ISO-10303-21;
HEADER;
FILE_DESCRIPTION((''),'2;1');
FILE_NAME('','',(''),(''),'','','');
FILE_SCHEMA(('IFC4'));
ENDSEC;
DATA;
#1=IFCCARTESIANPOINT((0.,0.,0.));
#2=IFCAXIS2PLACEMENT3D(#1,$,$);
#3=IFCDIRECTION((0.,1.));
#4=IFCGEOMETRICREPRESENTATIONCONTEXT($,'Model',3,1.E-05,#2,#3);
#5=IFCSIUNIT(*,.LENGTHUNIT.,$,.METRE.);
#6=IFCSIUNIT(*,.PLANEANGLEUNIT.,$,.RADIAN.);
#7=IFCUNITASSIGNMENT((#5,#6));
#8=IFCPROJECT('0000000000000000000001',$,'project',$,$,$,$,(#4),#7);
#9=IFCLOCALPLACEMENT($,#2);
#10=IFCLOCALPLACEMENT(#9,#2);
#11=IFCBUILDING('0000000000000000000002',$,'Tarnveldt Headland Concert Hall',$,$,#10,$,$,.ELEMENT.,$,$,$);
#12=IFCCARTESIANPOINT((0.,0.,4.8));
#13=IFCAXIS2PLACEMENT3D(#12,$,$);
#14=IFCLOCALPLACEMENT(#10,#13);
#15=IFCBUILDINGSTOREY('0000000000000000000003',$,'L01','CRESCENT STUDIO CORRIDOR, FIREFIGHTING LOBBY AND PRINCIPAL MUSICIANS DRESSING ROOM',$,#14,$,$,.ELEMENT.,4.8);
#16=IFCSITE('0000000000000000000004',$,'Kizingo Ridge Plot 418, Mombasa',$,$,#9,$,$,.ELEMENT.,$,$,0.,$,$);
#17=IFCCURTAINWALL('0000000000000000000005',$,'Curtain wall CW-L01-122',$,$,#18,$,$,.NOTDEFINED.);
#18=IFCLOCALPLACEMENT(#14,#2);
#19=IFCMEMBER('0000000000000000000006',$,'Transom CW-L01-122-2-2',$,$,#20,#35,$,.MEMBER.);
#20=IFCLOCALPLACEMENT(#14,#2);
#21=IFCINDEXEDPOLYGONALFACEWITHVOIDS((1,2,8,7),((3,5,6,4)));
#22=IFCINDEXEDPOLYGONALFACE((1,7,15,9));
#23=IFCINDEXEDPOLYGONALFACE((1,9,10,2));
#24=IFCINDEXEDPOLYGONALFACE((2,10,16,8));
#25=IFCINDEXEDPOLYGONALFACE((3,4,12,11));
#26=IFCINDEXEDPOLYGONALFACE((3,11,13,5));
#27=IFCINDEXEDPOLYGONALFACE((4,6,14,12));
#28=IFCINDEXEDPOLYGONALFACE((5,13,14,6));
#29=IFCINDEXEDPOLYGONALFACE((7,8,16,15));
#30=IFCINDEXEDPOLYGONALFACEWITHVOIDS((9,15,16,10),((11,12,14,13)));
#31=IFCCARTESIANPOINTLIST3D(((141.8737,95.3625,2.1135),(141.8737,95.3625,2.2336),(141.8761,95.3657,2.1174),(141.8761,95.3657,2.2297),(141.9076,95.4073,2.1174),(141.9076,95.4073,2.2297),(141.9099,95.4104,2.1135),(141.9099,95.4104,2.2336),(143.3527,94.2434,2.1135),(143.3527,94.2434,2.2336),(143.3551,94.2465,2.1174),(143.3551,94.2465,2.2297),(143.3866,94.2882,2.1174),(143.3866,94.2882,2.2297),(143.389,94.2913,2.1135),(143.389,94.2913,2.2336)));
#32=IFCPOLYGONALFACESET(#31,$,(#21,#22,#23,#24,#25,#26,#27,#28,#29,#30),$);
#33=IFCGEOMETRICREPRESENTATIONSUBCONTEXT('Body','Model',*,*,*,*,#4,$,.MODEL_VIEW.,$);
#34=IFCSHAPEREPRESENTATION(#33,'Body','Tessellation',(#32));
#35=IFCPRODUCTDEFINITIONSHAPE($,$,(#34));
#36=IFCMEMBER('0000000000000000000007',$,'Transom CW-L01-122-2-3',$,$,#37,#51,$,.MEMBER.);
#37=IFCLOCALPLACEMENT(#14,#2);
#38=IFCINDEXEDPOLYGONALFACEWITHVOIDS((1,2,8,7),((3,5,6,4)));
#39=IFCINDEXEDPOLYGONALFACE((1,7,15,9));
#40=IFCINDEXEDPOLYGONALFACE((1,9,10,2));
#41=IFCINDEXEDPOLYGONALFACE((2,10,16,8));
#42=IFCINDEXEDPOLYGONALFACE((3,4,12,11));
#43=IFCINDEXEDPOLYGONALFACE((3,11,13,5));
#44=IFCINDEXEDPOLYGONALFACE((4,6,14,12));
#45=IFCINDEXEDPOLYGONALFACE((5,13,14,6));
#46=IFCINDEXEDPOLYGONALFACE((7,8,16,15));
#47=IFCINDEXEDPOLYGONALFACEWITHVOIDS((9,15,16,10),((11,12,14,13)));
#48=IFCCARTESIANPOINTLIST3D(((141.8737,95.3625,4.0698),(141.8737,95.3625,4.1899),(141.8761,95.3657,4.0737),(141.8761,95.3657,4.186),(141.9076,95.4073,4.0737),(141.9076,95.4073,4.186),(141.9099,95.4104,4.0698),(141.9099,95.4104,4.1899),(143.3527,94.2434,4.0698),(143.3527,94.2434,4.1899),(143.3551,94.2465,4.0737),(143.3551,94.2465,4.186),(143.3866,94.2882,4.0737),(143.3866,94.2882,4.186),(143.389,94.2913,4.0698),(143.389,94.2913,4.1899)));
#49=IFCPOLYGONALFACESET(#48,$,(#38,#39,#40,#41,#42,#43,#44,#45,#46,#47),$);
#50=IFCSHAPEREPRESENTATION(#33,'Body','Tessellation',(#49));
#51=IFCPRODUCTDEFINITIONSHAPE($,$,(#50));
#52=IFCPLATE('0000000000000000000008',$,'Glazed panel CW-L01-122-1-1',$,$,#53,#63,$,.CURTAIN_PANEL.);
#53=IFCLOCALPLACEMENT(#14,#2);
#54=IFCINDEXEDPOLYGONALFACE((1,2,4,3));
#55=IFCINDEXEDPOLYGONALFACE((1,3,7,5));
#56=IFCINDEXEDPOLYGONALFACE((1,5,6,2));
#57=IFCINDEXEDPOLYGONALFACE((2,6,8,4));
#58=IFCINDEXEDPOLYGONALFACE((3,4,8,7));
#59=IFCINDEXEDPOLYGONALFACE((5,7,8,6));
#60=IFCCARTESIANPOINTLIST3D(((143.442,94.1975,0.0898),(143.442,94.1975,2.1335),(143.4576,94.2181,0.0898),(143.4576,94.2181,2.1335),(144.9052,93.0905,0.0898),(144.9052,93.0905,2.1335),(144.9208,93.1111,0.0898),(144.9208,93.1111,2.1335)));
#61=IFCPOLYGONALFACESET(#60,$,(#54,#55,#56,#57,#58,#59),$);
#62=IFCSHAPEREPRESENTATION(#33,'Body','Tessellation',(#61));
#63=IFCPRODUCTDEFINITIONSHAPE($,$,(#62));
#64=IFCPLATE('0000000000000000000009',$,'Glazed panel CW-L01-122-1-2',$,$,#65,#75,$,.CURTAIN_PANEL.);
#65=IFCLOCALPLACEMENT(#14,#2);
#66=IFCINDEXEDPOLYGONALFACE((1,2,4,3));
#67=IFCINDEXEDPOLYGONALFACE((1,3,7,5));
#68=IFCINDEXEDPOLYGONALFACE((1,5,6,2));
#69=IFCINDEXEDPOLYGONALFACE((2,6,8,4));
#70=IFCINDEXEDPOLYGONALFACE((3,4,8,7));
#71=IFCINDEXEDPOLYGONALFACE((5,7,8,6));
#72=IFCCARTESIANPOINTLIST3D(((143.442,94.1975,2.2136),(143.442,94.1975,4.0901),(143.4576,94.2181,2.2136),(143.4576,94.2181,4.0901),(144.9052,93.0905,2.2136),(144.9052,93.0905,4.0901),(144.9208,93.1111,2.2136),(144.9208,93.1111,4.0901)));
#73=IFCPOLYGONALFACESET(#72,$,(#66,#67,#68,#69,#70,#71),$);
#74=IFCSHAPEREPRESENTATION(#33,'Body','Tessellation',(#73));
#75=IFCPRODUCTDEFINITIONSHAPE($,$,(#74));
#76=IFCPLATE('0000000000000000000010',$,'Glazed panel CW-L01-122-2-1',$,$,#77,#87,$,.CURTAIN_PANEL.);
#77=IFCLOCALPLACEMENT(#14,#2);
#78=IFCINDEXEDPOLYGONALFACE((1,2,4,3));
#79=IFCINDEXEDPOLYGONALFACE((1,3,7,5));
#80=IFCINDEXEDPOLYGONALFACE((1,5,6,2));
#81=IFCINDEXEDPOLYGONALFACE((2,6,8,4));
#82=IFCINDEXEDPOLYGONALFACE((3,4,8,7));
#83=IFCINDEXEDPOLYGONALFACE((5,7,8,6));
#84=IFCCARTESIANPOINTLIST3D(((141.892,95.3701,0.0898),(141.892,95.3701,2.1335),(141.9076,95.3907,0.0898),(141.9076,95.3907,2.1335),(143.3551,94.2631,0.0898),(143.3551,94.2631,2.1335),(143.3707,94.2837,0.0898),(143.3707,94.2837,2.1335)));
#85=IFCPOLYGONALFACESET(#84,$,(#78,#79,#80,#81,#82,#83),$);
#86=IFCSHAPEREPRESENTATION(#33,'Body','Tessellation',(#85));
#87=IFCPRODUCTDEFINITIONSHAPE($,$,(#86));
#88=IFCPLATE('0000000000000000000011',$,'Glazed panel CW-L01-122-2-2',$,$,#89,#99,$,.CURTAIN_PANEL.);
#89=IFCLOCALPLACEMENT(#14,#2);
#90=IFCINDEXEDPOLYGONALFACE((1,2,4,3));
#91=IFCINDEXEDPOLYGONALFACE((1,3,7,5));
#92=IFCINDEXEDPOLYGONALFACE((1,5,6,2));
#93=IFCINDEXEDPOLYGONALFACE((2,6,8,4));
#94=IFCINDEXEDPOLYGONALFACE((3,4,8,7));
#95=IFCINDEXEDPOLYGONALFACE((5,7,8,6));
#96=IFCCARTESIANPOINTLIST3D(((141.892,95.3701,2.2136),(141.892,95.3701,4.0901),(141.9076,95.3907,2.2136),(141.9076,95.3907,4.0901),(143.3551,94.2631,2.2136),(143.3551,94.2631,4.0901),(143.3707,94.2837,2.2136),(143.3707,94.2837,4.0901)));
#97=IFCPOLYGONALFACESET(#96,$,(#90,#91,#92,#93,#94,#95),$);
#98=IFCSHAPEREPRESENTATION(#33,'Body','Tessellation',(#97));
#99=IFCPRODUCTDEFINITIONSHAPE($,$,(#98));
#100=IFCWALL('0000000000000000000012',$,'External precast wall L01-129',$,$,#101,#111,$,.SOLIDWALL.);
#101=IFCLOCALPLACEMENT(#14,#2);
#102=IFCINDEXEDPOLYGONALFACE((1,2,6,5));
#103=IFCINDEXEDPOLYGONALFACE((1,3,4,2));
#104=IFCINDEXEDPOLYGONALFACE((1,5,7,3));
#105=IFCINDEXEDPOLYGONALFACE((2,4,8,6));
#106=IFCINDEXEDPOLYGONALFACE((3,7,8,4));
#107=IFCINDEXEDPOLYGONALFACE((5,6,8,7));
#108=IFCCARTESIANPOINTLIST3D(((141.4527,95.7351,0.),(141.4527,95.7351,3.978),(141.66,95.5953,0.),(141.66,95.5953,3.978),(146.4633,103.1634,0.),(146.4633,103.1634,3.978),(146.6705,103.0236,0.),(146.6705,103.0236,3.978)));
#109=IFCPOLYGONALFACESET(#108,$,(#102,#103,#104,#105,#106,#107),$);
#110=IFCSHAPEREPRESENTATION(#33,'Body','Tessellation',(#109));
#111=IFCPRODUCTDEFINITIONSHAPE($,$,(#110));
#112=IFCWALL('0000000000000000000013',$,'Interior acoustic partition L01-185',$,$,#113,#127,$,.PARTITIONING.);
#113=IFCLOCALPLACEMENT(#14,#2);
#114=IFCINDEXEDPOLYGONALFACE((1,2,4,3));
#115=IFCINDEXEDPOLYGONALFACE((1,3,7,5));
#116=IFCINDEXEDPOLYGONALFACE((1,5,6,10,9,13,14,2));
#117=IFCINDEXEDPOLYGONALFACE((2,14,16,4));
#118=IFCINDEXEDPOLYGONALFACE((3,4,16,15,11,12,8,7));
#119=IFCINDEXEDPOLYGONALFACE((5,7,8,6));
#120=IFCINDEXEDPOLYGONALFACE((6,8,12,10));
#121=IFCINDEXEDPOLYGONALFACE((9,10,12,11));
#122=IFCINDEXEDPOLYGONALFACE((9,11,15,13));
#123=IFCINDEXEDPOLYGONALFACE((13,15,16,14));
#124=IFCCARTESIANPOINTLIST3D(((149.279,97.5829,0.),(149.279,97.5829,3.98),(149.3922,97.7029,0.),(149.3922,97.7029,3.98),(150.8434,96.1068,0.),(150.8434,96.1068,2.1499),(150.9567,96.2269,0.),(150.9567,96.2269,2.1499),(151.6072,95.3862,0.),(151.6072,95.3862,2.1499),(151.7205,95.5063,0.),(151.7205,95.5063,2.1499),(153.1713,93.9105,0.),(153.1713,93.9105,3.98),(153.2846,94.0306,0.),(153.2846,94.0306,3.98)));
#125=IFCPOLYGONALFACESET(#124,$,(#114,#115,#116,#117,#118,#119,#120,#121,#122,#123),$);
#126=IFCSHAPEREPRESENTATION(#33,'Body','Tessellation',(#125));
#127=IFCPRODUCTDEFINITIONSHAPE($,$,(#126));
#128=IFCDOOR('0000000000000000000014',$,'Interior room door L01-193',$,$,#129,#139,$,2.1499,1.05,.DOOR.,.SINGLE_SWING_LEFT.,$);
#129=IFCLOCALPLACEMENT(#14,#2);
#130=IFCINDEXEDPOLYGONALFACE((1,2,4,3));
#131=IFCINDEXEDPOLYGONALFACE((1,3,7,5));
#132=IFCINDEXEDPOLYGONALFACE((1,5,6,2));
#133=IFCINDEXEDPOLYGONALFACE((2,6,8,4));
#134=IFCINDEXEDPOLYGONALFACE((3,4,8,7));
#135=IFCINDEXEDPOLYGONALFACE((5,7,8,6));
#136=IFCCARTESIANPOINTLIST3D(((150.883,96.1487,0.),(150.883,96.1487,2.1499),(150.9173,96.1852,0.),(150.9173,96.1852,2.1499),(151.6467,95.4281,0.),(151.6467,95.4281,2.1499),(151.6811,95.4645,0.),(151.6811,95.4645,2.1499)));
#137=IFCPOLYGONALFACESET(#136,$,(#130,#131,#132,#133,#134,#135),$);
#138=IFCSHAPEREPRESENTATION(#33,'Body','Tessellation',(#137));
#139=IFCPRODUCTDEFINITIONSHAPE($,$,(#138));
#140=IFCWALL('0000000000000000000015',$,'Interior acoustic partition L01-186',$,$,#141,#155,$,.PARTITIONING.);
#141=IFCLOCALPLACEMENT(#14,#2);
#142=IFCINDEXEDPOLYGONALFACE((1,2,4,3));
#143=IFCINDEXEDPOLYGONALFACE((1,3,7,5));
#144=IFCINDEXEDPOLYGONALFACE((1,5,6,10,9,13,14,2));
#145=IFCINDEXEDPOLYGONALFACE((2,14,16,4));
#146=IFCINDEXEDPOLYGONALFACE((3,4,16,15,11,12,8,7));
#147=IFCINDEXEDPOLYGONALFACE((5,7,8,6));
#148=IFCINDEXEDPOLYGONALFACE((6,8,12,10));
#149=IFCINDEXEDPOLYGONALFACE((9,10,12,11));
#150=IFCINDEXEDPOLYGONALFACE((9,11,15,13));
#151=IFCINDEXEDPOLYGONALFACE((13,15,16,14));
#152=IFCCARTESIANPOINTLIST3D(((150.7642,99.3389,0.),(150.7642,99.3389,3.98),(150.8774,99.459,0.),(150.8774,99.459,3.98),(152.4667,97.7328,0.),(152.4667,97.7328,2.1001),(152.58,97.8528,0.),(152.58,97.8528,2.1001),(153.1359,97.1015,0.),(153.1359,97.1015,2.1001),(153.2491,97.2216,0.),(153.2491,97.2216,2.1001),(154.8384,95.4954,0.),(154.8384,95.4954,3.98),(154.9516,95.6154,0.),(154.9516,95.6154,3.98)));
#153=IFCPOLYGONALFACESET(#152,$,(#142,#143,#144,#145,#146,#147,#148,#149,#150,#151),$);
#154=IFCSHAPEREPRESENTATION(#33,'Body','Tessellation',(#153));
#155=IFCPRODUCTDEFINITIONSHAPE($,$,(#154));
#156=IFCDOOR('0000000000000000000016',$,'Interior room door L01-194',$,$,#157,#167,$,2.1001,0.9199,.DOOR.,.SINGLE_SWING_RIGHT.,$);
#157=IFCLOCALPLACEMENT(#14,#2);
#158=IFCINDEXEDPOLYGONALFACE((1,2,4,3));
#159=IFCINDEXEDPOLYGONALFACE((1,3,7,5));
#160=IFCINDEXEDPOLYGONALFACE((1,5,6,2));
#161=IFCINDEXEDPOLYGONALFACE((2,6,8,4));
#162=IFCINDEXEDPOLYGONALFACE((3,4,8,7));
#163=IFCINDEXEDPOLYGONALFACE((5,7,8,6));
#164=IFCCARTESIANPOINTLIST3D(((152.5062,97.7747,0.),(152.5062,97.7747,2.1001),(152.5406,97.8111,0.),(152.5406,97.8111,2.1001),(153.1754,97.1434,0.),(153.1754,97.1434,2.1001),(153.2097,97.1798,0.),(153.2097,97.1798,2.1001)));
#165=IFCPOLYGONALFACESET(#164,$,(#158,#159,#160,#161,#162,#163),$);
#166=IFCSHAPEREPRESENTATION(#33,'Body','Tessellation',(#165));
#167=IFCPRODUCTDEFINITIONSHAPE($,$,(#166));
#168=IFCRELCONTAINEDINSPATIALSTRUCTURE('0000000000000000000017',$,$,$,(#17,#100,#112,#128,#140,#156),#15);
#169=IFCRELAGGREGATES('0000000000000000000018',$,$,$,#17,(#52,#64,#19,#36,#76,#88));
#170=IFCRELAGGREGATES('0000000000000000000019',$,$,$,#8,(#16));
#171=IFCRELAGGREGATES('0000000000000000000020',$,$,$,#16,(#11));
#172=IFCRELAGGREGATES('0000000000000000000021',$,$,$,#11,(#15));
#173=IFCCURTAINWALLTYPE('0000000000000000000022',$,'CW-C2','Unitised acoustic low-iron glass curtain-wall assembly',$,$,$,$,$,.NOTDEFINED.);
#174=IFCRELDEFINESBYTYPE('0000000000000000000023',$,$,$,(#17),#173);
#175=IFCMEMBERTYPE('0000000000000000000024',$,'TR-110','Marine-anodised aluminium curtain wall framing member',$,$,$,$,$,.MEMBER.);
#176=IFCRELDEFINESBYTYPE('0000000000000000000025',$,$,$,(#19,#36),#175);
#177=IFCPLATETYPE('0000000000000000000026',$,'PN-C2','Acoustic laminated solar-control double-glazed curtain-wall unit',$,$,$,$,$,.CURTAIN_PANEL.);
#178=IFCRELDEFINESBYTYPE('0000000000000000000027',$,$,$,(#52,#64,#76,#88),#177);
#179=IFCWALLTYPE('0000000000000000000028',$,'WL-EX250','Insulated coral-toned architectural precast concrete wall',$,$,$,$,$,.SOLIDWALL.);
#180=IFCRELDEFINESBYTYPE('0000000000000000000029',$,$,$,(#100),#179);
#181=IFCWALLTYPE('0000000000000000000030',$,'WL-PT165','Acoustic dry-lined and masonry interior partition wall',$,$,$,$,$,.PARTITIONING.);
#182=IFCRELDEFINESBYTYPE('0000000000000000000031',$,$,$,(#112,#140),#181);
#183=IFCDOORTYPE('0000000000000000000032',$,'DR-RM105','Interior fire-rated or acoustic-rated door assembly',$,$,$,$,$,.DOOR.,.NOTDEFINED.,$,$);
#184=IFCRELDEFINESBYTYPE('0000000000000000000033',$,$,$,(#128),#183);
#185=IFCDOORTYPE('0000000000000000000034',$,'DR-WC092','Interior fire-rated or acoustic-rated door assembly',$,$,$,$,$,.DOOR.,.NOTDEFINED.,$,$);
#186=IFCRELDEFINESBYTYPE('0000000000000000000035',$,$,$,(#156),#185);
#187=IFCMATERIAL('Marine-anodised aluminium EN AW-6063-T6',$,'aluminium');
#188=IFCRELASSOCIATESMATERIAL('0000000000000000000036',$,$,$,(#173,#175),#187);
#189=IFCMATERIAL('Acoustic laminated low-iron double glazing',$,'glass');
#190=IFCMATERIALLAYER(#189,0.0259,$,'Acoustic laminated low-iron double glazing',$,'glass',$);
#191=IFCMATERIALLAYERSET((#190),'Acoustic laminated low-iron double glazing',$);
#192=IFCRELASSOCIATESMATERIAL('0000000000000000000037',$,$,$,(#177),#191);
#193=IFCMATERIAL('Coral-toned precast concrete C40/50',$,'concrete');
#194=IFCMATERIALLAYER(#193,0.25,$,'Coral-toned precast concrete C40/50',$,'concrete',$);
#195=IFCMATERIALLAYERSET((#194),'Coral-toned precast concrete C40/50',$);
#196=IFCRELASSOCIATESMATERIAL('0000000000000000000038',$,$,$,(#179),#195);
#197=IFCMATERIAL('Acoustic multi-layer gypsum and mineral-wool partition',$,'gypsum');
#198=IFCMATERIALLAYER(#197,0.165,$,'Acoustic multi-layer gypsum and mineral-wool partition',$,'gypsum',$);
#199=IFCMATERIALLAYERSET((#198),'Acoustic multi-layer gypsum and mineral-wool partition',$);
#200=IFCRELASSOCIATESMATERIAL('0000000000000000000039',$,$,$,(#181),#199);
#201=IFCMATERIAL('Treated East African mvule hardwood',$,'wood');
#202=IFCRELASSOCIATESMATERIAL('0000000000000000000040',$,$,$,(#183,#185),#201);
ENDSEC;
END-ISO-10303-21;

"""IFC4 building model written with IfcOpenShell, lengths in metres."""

from ifc_helpers import new_model, si_unit, direction, frame, frame_2d, origin, origin_2d, place, context, subcontext, project, spatial, rectangle, hollow_rectangle, extrude, material, layer, layer_set, material_profile, profile_set, type_object, element, fill, aggregate, save


model = new_model("IFC4")

# Units and contexts
model_context = context("Model", 3, precision=1e-05, world=origin(), true_north=direction((0.0, 1.0)))
body_context = subcontext(model_context, "Body", "Model", "MODEL_VIEW")
ifc_project = project(units=[si_unit("LENGTHUNIT", "METRE"), si_unit("PLANEANGLEUNIT", "RADIAN")], contexts=[model_context])

# Site, building, storey
site_placement = place(None, origin())
site = spatial("IfcSite", under=ifc_project, at=site_placement, Name="Kizingo Ridge Plot 418, Mombasa", CompositionType="ELEMENT", RefElevation=0.0)
building_placement = place(site_placement, origin())
building = spatial("IfcBuilding", under=site, at=building_placement, Name="Tarnveldt Headland Concert Hall", CompositionType="ELEMENT")
storey_placement = place(building_placement, frame((0.0, 0.0, 4.8)))
storey = spatial("IfcBuildingStorey", under=building, at=storey_placement, Name="L01", Description="CRESCENT STUDIO CORRIDOR, FIREFIGHTING LOBBY AND PRINCIPAL MUSICIANS DRESSING ROOM", CompositionType="ELEMENT", Elevation=4.8)

# Curtain wall
ifc_material_1 = material(Name="Marine-anodised aluminium EN AW-6063-T6", Category="aluminium")
curtain_wall_type = type_object("IfcCurtainWallType", Name="CW-C2", Description="Unitised acoustic low-iron glass curtain-wall assembly", PredefinedType="NOTDEFINED", material=ifc_material_1)
curtain_wall_placement = place(storey_placement, origin())
curtain_wall = element("IfcCurtainWall", 1, at=curtain_wall_placement, inside=storey, type_object=curtain_wall_type, Name="Curtain wall CW-L01-122", PredefinedType="NOTDEFINED")

# Members
ifc_material_profile_1 = material_profile(ifc_material_1, hollow_rectangle(XDim=0.0601, YDim=0.1201, WallThickness=0.0039, at=origin_2d()), Name="ALU TRANSOM 60x120x4", Category="aluminium")
ifc_profile_set_1 = profile_set([ifc_material_profile_1], Name="Marine-anodised aluminium EN AW-6063-T6")
member_type_1 = type_object("IfcMemberType", Name="TR-110", Description="Marine-anodised aluminium curtain wall framing member", PredefinedType="MEMBER", material=ifc_profile_set_1)
member_1_placement = place(storey_placement, frame((143.3708, 94.2673, 2.1736), z_axis=(-0.797434, 0.603406, 0.0), x_axis=(-0.603406, -0.797434, 0.0)))
member_1 = element("IfcMember", 2, at=member_1_placement, type_object=member_type_1, Name="Transom CW-L01-122-2-2", PredefinedType="MEMBER", context=body_context, shape_type="SweptSolid", body=[
    extrude(hollow_rectangle(XDim=0.0601, YDim=0.1201, WallThickness=0.0039, at=origin_2d()), origin(), (0.0, 0.0, 1.0), 1.8547),
])
member_2_placement = place(storey_placement, frame((143.3708, 94.2673, 4.1299), z_axis=(-0.797434, 0.603406, 0.0), x_axis=(-0.603406, -0.797434, 0.0)))
member_2 = element("IfcMember", 3, at=member_2_placement, type_object=member_type_1, Name="Transom CW-L01-122-2-3", PredefinedType="MEMBER", context=body_context, shape_type="SweptSolid", body=[
    extrude(hollow_rectangle(XDim=0.0601, YDim=0.1201, WallThickness=0.0039, at=origin_2d()), origin(), (0.0, 0.0, 1.0), 1.8547),
])

# Plates
ifc_material_2 = material(Name="Acoustic laminated low-iron double glazing", Category="glass")
ifc_layer_1 = layer(ifc_material_2, 0.0259, Name="Acoustic laminated low-iron double glazing", Category="glass")
ifc_layer_set_1 = layer_set([ifc_layer_1], Name="Acoustic laminated low-iron double glazing")
plate_type = type_object("IfcPlateType", Name="PN-C2", Description="Acoustic laminated solar-control double-glazed curtain-wall unit", PredefinedType="CURTAIN_PANEL", material=ifc_layer_set_1)
plate_1_placement = place(storey_placement, frame((144.1814, 93.6543, 0.0898), z_axis=(0.0, 0.0, 1.0), x_axis=(-0.797468, 0.603361, 0.0)))
plate_1 = element("IfcPlate", 4, at=plate_1_placement, type_object=plate_type, Name="Glazed panel CW-L01-122-1-1", PredefinedType="CURTAIN_PANEL", context=body_context, shape_type="SweptSolid", body=[
    extrude(rectangle(XDim=1.8347, YDim=0.0259, at=origin_2d()), origin(), (0.0, 0.0, 1.0), 2.0437),
])
plate_2_placement = place(storey_placement, frame((144.1814, 93.6543, 2.2136), z_axis=(0.0, 0.0, 1.0), x_axis=(-0.797468, 0.603361, 0.0)))
plate_2 = element("IfcPlate", 5, at=plate_2_placement, type_object=plate_type, Name="Glazed panel CW-L01-122-1-2", PredefinedType="CURTAIN_PANEL", context=body_context, shape_type="SweptSolid", body=[
    extrude(rectangle(XDim=1.8347, YDim=0.0259, at=origin_2d()), origin(), (0.0, 0.0, 1.0), 1.8765),
])
plate_3_placement = place(storey_placement, frame((142.6313, 94.8269, 0.0898), z_axis=(0.0, 0.0, 1.0), x_axis=(-0.797468, 0.603361, 0.0)))
plate_3 = element("IfcPlate", 6, at=plate_3_placement, type_object=plate_type, Name="Glazed panel CW-L01-122-2-1", PredefinedType="CURTAIN_PANEL", context=body_context, shape_type="SweptSolid", body=[
    extrude(rectangle(XDim=1.8347, YDim=0.0259, at=origin_2d()), origin(), (0.0, 0.0, 1.0), 2.0437),
])
plate_4_placement = place(storey_placement, frame((142.6313, 94.8269, 2.2136), z_axis=(0.0, 0.0, 1.0), x_axis=(-0.797468, 0.603361, 0.0)))
plate_4 = element("IfcPlate", 7, at=plate_4_placement, type_object=plate_type, Name="Glazed panel CW-L01-122-2-2", PredefinedType="CURTAIN_PANEL", context=body_context, shape_type="SweptSolid", body=[
    extrude(rectangle(XDim=1.8347, YDim=0.0259, at=origin_2d()), origin(), (0.0, 0.0, 1.0), 1.8765),
])
aggregate(curtain_wall, [plate_1, plate_2, member_1, member_2, plate_3, plate_4])

# Wall
ifc_material_3 = material(Name="Coral-toned precast concrete C40/50", Category="concrete")
ifc_layer_2 = layer(ifc_material_3, 0.25, Name="Coral-toned precast concrete C40/50", Category="concrete")
ifc_layer_set_2 = layer_set([ifc_layer_2], Name="Coral-toned precast concrete C40/50")
wall_type_1 = type_object("IfcWallType", Name="WL-EX250", Description="Insulated coral-toned architectural precast concrete wall", PredefinedType="SOLIDWALL", material=ifc_layer_set_2)
wall_1_placement = place(storey_placement, frame((141.5564, 95.6653, 0.0), z_axis=(0.0, 0.0, 1.0), x_axis=(0.5592, 0.829032, 0.0)))
element("IfcWall", 8, at=wall_1_placement, inside=storey, type_object=wall_type_1, Name="External precast wall L01-129", PredefinedType="SOLIDWALL", context=body_context, shape_type="SweptSolid", body=[
    extrude(rectangle(XDim=8.9602, YDim=0.25, at=frame_2d((4.48, 0.0))), origin(), (0.0, 0.0, 1.0), 3.978),
])

# Walls, openings, doors
ifc_material_4 = material(Name="Acoustic multi-layer gypsum and mineral-wool partition", Category="gypsum")
ifc_layer_3 = layer(ifc_material_4, 0.165, Name="Acoustic multi-layer gypsum and mineral-wool partition", Category="gypsum")
ifc_layer_set_3 = layer_set([ifc_layer_3], Name="Acoustic multi-layer gypsum and mineral-wool partition")
wall_type_2 = type_object("IfcWallType", Name="WL-PT165", Description="Acoustic dry-lined and masonry interior partition wall", PredefinedType="PARTITIONING", material=ifc_layer_set_3)
wall_2_placement = place(storey_placement, frame((153.228, 93.9705, 0.0), z_axis=(0.0, 0.0, 1.0), x_axis=(-0.727361, 0.686255, 0.0)))
wall_2 = element("IfcWall", 9, at=wall_2_placement, inside=storey, type_object=wall_type_2, Name="Interior acoustic partition L01-185", PredefinedType="PARTITIONING", context=body_context, shape_type="SweptSolid", body=[
    extrude(rectangle(XDim=5.3513, YDim=0.165, at=frame_2d((2.6758, 0.0))), origin(), (0.0, 0.0, 1.0), 3.98),
])
opening_1_placement = place(wall_2_placement, frame((2.1506, 0.0, 0.0)))
opening_1 = element("IfcOpeningElement", 10, at=opening_1_placement, cuts=wall_2, PredefinedType="OPENING", context=body_context, shape_type="SweptSolid", body=[
    extrude(rectangle(XDim=1.05, YDim=2.1499, at=frame_2d((0.5249, 1.075))), frame((0.0, 0.0925, 0.0), z_axis=(0.0, -1.0, 0.0), x_axis=(1.0, 0.0, 0.0)), (0.0, 0.0, 1.0), 0.1851),
])
ifc_material_5 = material(Name="Treated East African mvule hardwood", Category="wood")
door_type_1 = type_object("IfcDoorType", Name="DR-RM105", Description="Interior fire-rated or acoustic-rated door assembly", OperationType="NOTDEFINED", PredefinedType="DOOR", material=ifc_material_5)
door_1_placement = place(opening_1_placement, origin())
door_1 = element("IfcDoor", 11, at=door_1_placement, inside=storey, type_object=door_type_1, Name="Interior room door L01-193", OperationType="SINGLE_SWING_LEFT", OverallHeight=2.1499, OverallWidth=1.05, PredefinedType="DOOR", context=body_context, shape_type="SweptSolid", body=[
    extrude(rectangle(XDim=1.05, YDim=2.1499, at=frame_2d((0.5249, 1.075))), frame((0.0, 0.0249, 0.0), z_axis=(0.0, -1.0, 0.0), x_axis=(1.0, 0.0, 0.0)), (0.0, 0.0, 1.0), 0.05),
])
fill(opening_1, door_1)
wall_3_placement = place(storey_placement, frame((154.895, 95.5554, 0.0), z_axis=(0.0, 0.0, 1.0), x_axis=(-0.727402, 0.686211, 0.0)))
wall_3 = element("IfcWall", 12, at=wall_3_placement, inside=storey, type_object=wall_type_2, Name="Interior acoustic partition L01-186", PredefinedType="PARTITIONING", context=body_context, shape_type="SweptSolid", body=[
    extrude(rectangle(XDim=5.6011, YDim=0.165, at=frame_2d((2.8005, 0.0))), origin(), (0.0, 0.0, 1.0), 3.98),
])
opening_2_placement = place(wall_3_placement, frame((2.3406, 0.0, 0.0)))
opening_2 = element("IfcOpeningElement", 13, at=opening_2_placement, cuts=wall_3, PredefinedType="OPENING", context=body_context, shape_type="SweptSolid", body=[
    extrude(rectangle(XDim=0.9199, YDim=2.1001, at=frame_2d((0.46, 1.05))), frame((0.0, 0.0925, 0.0), z_axis=(0.0, -1.0, 0.0), x_axis=(1.0, 0.0, 0.0)), (0.0, 0.0, 1.0), 0.1851),
])
door_type_2 = type_object("IfcDoorType", Name="DR-WC092", Description="Interior fire-rated or acoustic-rated door assembly", OperationType="NOTDEFINED", PredefinedType="DOOR", material=ifc_material_5)
door_2_placement = place(opening_2_placement, origin())
door_2 = element("IfcDoor", 14, at=door_2_placement, inside=storey, type_object=door_type_2, Name="Interior room door L01-194", OperationType="SINGLE_SWING_RIGHT", OverallHeight=2.1001, OverallWidth=0.9199, PredefinedType="DOOR", context=body_context, shape_type="SweptSolid", body=[
    extrude(rectangle(XDim=0.9199, YDim=2.1001, at=frame_2d((0.46, 1.05))), frame((0.0, 0.0249, 0.0), z_axis=(0.0, -1.0, 0.0), x_axis=(1.0, 0.0, 0.0)), (0.0, 0.0, 1.0), 0.05),
])
fill(opening_2, door_2)

save(model, "model.ifc")
